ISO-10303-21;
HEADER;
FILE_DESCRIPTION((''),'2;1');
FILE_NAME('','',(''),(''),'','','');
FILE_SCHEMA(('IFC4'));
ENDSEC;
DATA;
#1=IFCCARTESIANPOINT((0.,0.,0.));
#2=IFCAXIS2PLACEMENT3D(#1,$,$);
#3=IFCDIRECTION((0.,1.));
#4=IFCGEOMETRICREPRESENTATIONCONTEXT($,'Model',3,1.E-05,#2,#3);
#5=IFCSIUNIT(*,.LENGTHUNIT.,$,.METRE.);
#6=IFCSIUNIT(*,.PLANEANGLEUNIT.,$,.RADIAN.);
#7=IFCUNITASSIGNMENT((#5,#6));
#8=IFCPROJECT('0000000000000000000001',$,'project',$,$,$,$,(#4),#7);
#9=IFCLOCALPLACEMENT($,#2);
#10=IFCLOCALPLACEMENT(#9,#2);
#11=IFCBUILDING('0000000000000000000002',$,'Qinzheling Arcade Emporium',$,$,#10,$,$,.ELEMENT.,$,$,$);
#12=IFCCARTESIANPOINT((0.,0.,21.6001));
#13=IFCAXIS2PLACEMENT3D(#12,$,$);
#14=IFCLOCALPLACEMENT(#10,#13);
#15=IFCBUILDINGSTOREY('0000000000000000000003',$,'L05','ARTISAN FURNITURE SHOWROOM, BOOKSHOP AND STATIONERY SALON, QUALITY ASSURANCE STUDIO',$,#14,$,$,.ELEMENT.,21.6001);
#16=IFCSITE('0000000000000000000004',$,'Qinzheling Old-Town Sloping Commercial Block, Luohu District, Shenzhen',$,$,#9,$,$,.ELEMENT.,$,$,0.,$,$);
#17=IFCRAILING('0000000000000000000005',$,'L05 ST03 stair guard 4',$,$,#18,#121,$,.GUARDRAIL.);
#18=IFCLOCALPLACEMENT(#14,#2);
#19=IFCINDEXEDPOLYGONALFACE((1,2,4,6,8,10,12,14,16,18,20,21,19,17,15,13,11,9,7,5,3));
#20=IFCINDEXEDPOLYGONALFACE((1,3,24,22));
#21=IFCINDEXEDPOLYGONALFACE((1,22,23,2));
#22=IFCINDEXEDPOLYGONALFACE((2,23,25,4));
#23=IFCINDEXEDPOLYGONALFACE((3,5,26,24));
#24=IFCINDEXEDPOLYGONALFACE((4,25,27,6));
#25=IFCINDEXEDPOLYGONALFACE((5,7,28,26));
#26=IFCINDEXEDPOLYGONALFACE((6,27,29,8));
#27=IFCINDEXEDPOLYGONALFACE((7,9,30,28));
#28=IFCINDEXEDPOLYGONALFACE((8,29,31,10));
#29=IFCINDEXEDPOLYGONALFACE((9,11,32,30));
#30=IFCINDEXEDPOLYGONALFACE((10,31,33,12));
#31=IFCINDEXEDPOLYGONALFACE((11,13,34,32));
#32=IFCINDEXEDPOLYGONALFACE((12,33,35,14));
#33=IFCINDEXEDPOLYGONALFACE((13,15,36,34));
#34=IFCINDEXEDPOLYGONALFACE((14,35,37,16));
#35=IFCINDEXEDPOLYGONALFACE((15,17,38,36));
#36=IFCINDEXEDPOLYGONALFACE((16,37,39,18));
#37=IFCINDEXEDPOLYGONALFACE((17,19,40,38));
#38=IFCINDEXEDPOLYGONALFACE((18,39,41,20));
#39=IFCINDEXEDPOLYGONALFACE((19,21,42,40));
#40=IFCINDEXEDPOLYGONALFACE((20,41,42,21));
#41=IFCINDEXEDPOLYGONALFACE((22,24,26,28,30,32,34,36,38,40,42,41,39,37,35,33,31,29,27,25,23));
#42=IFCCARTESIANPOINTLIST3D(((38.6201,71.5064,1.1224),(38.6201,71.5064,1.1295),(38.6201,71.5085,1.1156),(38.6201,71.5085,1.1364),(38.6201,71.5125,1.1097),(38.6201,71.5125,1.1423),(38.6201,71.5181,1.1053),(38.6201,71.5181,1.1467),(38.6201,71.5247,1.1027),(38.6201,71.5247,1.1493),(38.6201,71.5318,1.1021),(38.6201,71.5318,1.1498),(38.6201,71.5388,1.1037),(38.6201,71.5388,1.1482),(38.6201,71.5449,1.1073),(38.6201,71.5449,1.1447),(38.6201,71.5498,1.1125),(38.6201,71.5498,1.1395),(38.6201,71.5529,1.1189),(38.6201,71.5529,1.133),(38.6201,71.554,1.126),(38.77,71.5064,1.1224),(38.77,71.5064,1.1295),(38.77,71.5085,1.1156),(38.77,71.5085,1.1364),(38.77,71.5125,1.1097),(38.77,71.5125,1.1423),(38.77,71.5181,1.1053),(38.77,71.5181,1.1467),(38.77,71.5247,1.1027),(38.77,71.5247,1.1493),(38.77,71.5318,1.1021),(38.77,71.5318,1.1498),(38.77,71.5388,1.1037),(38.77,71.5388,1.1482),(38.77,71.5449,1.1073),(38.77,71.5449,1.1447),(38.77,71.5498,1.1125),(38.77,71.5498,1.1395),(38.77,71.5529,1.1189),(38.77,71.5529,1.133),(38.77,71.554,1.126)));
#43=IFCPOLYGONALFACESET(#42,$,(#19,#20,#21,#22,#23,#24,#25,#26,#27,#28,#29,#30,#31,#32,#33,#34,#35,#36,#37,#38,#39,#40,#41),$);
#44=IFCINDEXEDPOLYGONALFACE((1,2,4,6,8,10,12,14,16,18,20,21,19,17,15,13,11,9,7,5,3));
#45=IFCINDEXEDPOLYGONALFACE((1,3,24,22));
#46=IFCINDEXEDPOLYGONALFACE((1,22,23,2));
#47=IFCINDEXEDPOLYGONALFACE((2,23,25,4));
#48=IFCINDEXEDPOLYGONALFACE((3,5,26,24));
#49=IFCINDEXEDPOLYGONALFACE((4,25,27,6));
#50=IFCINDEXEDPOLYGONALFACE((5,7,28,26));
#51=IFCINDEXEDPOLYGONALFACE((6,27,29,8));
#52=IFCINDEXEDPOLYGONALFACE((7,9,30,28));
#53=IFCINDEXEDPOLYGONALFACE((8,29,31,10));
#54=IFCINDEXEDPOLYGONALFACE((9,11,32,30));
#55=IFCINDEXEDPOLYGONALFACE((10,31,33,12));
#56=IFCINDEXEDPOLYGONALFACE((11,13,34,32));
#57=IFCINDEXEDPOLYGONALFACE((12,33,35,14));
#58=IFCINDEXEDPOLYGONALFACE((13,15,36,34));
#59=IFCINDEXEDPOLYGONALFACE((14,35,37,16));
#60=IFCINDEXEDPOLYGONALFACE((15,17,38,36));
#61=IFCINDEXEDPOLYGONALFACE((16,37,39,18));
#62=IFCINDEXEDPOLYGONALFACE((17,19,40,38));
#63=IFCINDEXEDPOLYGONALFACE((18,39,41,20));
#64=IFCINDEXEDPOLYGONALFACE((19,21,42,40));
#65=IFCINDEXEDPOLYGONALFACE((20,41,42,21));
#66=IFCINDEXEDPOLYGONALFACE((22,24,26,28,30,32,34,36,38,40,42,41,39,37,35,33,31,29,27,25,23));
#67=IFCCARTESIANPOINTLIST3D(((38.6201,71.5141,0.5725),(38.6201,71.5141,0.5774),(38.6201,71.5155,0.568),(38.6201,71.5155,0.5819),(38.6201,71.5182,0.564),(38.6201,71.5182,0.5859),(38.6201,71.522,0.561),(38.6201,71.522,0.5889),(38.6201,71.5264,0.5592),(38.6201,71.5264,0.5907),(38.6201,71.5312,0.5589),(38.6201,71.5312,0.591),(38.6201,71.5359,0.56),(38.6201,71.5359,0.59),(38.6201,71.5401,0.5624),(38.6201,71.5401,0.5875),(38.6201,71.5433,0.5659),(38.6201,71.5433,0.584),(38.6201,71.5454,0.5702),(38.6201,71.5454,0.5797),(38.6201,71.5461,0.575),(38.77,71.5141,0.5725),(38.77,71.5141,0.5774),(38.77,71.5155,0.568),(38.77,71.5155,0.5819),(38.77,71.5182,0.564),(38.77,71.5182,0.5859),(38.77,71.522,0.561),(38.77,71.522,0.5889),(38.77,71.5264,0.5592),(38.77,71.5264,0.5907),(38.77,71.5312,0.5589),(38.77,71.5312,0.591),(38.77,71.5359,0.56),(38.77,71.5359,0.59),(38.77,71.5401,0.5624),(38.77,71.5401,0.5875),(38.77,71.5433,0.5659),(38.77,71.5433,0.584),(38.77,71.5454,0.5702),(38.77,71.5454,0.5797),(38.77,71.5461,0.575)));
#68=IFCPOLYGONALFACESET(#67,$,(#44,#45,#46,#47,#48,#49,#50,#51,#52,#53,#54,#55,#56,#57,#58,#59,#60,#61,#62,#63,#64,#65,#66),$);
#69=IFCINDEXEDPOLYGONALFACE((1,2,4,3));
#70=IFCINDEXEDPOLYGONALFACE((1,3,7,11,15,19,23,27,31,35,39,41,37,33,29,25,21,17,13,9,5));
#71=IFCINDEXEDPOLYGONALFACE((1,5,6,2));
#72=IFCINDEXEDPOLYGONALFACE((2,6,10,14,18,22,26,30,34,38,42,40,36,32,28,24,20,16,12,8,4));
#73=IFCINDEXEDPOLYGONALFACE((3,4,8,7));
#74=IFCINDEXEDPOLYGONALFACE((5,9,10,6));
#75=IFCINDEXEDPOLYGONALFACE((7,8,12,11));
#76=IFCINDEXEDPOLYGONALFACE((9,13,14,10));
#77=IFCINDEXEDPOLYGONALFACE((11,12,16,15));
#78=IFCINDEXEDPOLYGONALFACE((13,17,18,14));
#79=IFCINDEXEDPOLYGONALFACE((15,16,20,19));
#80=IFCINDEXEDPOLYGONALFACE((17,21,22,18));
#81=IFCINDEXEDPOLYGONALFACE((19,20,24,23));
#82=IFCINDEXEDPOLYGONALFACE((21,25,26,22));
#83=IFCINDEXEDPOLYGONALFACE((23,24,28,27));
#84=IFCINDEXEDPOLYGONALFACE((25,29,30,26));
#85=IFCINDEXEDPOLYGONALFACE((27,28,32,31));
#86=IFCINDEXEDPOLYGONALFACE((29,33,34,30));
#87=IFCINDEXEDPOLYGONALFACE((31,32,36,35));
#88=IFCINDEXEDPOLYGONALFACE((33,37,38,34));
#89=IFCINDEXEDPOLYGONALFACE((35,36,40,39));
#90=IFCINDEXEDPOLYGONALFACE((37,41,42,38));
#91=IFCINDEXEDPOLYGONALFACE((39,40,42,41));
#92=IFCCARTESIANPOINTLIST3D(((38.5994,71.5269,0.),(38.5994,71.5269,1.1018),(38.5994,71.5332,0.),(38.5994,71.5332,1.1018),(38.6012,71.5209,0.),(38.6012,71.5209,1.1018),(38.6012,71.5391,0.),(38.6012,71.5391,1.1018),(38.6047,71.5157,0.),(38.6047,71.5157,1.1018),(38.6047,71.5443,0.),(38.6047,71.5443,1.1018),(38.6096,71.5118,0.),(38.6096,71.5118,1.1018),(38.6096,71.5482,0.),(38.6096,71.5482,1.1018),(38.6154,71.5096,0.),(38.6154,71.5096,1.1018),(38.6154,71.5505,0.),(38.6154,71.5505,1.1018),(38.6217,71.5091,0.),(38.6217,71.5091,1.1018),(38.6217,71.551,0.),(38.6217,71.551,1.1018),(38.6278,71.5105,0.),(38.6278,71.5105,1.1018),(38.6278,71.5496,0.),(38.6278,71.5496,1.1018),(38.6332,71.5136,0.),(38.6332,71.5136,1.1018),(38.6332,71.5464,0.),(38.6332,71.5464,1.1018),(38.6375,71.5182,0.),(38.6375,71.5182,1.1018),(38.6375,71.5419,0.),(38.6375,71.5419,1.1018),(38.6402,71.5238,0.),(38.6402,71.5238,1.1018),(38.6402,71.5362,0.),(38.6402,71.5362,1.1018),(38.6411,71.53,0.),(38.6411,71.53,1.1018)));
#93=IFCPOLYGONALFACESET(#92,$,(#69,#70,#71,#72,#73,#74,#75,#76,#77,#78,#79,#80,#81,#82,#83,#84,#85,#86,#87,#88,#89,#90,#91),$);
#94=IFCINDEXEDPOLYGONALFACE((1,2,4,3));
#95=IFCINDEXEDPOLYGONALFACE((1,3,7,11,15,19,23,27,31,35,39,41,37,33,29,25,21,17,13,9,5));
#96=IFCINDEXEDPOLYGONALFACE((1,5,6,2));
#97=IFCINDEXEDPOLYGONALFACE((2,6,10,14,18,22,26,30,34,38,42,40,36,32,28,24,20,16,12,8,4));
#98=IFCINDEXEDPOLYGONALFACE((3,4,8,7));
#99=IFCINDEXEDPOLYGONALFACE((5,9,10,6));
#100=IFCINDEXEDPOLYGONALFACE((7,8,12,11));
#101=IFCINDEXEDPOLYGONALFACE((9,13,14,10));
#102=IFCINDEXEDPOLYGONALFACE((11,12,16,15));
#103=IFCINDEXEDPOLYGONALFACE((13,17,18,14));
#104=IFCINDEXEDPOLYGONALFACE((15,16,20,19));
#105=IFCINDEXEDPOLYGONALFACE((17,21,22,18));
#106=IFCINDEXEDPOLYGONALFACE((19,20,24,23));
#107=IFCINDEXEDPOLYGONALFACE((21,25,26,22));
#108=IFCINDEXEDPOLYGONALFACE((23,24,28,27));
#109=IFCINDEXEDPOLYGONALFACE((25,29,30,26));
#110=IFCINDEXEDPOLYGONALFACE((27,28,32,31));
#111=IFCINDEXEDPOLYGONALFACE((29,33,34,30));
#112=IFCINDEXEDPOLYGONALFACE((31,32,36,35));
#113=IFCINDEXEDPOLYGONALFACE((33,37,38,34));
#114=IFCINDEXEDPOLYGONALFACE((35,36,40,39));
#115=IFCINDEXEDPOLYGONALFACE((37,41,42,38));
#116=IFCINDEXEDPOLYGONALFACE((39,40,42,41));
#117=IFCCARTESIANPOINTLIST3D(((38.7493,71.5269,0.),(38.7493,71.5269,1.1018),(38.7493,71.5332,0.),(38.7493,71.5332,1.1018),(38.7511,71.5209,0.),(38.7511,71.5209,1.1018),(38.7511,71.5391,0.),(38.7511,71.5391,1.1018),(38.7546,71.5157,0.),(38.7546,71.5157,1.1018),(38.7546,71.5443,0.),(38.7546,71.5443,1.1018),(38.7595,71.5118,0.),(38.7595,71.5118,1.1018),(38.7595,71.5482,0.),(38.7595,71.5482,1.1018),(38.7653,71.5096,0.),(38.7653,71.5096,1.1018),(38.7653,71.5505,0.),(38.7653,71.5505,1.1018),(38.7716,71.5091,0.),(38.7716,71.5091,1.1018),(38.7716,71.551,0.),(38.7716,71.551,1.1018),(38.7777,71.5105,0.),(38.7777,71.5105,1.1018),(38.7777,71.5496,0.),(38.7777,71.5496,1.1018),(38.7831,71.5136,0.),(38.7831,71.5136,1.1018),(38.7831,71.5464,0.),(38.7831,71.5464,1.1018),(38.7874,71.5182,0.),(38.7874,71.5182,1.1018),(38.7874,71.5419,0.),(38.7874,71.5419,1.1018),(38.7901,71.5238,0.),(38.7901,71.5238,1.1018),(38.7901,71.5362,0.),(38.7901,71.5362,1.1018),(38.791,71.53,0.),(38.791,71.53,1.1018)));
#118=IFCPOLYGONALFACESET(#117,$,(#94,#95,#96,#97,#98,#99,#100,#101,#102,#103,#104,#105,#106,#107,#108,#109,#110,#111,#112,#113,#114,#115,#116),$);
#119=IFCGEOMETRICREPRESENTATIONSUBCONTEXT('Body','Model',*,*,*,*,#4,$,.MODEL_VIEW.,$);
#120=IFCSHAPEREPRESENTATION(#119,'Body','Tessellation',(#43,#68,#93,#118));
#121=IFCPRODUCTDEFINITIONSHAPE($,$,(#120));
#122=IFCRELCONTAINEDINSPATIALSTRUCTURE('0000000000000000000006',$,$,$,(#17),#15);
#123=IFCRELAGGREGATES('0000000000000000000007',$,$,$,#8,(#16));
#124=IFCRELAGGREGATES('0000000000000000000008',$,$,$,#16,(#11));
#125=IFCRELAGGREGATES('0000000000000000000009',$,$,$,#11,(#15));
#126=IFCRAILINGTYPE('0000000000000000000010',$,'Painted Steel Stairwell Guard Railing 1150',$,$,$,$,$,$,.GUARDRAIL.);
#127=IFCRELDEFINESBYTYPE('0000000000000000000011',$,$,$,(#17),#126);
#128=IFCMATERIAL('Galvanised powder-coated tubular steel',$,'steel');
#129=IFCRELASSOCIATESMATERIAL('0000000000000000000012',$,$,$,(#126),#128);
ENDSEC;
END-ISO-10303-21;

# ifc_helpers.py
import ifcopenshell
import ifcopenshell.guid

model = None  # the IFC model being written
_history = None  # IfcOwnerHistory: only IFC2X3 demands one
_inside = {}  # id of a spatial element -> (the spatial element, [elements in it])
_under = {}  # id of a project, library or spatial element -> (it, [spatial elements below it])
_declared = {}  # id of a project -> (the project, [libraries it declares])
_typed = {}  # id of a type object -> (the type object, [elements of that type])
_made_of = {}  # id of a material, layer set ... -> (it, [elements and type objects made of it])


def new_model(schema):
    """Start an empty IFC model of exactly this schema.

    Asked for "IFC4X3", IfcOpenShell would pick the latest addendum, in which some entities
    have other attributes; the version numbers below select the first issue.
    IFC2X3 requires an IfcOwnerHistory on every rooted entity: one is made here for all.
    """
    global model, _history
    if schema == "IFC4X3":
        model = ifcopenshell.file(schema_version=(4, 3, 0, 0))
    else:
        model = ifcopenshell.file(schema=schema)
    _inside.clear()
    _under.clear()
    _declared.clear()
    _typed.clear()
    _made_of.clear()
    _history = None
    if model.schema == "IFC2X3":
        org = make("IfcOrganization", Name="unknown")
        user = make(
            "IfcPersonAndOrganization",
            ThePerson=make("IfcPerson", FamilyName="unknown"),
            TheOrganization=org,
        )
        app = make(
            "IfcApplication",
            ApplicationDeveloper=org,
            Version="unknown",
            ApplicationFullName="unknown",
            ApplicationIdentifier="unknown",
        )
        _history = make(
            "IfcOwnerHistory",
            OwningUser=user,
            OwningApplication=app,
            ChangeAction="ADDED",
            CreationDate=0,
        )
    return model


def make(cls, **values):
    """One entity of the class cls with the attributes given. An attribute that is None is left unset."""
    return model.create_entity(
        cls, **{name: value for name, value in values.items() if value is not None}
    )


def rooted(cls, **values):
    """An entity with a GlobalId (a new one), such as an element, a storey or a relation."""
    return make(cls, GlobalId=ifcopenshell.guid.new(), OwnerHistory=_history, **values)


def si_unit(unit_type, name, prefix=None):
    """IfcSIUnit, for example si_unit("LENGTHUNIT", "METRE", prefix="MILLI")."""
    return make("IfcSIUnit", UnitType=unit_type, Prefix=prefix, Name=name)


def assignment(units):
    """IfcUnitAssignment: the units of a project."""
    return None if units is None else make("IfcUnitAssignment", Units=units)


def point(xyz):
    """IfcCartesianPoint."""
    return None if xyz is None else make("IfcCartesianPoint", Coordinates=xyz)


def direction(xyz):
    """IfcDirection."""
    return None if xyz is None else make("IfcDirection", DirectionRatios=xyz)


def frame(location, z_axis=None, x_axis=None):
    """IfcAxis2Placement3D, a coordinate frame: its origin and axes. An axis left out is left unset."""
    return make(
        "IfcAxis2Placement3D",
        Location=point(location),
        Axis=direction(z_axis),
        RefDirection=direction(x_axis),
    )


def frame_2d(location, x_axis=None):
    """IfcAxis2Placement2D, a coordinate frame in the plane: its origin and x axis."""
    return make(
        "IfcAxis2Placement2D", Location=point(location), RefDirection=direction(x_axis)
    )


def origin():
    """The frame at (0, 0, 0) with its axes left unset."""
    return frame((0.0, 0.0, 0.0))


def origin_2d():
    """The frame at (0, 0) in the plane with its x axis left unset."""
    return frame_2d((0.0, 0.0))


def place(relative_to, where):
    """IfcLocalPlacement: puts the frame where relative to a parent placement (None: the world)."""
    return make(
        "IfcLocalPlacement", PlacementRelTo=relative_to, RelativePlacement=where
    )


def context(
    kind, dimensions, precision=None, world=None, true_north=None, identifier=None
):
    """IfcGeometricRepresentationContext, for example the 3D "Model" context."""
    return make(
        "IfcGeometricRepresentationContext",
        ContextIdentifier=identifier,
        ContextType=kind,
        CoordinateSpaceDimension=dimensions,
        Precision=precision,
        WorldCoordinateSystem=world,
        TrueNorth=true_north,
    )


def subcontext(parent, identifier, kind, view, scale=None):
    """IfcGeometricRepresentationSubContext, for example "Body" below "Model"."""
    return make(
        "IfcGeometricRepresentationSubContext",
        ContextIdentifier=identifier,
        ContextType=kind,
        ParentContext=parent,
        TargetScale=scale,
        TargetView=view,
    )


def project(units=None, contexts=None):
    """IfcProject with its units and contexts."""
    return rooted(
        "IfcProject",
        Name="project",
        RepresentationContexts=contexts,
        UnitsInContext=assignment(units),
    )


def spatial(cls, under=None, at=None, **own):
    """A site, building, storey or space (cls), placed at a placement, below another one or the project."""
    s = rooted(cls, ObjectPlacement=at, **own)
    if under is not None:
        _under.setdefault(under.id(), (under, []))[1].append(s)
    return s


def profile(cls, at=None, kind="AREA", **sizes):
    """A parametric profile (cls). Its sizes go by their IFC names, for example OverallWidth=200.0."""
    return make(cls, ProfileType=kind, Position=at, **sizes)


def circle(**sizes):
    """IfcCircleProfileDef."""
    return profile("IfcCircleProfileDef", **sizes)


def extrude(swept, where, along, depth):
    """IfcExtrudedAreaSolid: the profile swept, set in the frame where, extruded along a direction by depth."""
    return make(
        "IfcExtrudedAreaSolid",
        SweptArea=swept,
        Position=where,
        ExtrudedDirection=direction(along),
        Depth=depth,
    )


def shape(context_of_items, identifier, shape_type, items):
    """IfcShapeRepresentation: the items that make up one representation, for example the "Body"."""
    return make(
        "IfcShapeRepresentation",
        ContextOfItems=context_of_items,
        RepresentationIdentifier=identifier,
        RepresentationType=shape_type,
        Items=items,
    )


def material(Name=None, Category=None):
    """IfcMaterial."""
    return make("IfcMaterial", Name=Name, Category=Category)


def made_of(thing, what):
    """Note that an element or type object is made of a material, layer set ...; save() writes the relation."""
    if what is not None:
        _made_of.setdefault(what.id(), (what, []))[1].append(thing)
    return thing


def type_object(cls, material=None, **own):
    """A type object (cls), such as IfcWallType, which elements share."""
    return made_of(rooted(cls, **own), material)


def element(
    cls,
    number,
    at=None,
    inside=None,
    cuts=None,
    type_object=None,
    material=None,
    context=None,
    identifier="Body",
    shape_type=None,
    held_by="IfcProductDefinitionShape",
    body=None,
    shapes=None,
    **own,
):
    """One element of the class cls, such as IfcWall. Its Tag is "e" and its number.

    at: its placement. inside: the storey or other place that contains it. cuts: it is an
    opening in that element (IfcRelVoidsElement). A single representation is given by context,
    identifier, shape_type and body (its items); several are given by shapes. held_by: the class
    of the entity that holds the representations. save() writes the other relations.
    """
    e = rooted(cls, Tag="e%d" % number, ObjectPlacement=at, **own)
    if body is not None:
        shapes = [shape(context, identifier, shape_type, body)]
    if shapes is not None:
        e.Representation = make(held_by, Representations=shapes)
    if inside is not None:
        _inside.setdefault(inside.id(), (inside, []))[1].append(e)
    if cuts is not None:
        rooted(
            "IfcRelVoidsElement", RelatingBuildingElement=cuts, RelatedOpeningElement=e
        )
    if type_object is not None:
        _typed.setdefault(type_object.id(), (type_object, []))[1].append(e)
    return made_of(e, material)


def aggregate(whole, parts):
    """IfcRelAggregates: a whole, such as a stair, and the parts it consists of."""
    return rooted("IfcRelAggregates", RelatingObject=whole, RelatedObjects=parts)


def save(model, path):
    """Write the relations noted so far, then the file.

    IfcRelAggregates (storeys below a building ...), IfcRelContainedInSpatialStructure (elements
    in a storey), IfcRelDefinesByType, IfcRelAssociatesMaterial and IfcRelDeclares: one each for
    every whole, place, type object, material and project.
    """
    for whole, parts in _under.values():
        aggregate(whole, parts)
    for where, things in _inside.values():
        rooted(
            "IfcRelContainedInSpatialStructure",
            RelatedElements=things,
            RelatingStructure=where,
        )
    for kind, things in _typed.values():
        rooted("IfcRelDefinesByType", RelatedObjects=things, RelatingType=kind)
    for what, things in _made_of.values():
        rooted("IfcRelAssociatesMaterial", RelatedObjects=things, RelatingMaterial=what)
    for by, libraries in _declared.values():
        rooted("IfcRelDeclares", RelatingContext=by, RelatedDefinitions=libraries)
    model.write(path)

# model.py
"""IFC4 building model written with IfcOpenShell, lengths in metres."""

from ifc_helpers import new_model, si_unit, direction, frame, origin, origin_2d, place, context, subcontext, project, spatial, circle, extrude, material, type_object, element, save


model = new_model("IFC4")

# Units and contexts
model_context = context("Model", 3, precision=1e-05, world=origin(), true_north=direction((0.0, 1.0)))
body_context = subcontext(model_context, "Body", "Model", "MODEL_VIEW")
ifc_project = project(units=[si_unit("LENGTHUNIT", "METRE"), si_unit("PLANEANGLEUNIT", "RADIAN")], contexts=[model_context])

# Site, building, storey
site_placement = place(None, origin())
site = spatial("IfcSite", under=ifc_project, at=site_placement, Name="Qinzheling Old-Town Sloping Commercial Block, Luohu District, Shenzhen", CompositionType="ELEMENT", RefElevation=0.0)
building_placement = place(site_placement, origin())
building = spatial("IfcBuilding", under=site, at=building_placement, Name="Qinzheling Arcade Emporium", CompositionType="ELEMENT")
storey_placement = place(building_placement, frame((0.0, 0.0, 21.6001)))
storey = spatial("IfcBuildingStorey", under=building, at=storey_placement, Name="L05", Description="ARTISAN FURNITURE SHOWROOM, BOOKSHOP AND STATIONERY SALON, QUALITY ASSURANCE STUDIO", CompositionType="ELEMENT", Elevation=21.6001)

# Railing
ifc_material_1 = material(Name="Galvanised powder-coated tubular steel", Category="steel")
railing_type_1 = type_object("IfcRailingType", Name="Painted Steel Stairwell Guard Railing 1150", PredefinedType="GUARDRAIL", material=ifc_material_1)
railing_1_placement = place(storey_placement, frame((38.6201, 71.53, 0.0)))
element("IfcRailing", 1, at=railing_1_placement, inside=storey, type_object=railing_type_1, Name="L05 ST03 stair guard 4", PredefinedType="GUARDRAIL", context=body_context, shape_type="SweptSolid", body=[
    extrude(circle(Radius=0.0239, at=origin_2d()), frame((0.0, 0.0, 1.126), z_axis=(1.0, 0.0, 0.0), x_axis=(0.0, 1.0, 0.0)), (0.0, 0.0, 1.0), 0.1499),
    extrude(circle(Radius=0.0161, at=origin_2d()), frame((0.0, 0.0, 0.575), z_axis=(1.0, 0.0, 0.0), x_axis=(0.0, 1.0, 0.0)), (0.0, 0.0, 1.0), 0.1499),
    extrude(circle(Radius=0.021, at=origin_2d()), origin(), (0.0, 0.0, 1.0), 1.1018),
    extrude(circle(Radius=0.021, at=origin_2d()), frame((0.1499, 0.0, 0.0)), (0.0, 0.0, 1.0), 1.1018),
])

save(model, "model.ifc")
